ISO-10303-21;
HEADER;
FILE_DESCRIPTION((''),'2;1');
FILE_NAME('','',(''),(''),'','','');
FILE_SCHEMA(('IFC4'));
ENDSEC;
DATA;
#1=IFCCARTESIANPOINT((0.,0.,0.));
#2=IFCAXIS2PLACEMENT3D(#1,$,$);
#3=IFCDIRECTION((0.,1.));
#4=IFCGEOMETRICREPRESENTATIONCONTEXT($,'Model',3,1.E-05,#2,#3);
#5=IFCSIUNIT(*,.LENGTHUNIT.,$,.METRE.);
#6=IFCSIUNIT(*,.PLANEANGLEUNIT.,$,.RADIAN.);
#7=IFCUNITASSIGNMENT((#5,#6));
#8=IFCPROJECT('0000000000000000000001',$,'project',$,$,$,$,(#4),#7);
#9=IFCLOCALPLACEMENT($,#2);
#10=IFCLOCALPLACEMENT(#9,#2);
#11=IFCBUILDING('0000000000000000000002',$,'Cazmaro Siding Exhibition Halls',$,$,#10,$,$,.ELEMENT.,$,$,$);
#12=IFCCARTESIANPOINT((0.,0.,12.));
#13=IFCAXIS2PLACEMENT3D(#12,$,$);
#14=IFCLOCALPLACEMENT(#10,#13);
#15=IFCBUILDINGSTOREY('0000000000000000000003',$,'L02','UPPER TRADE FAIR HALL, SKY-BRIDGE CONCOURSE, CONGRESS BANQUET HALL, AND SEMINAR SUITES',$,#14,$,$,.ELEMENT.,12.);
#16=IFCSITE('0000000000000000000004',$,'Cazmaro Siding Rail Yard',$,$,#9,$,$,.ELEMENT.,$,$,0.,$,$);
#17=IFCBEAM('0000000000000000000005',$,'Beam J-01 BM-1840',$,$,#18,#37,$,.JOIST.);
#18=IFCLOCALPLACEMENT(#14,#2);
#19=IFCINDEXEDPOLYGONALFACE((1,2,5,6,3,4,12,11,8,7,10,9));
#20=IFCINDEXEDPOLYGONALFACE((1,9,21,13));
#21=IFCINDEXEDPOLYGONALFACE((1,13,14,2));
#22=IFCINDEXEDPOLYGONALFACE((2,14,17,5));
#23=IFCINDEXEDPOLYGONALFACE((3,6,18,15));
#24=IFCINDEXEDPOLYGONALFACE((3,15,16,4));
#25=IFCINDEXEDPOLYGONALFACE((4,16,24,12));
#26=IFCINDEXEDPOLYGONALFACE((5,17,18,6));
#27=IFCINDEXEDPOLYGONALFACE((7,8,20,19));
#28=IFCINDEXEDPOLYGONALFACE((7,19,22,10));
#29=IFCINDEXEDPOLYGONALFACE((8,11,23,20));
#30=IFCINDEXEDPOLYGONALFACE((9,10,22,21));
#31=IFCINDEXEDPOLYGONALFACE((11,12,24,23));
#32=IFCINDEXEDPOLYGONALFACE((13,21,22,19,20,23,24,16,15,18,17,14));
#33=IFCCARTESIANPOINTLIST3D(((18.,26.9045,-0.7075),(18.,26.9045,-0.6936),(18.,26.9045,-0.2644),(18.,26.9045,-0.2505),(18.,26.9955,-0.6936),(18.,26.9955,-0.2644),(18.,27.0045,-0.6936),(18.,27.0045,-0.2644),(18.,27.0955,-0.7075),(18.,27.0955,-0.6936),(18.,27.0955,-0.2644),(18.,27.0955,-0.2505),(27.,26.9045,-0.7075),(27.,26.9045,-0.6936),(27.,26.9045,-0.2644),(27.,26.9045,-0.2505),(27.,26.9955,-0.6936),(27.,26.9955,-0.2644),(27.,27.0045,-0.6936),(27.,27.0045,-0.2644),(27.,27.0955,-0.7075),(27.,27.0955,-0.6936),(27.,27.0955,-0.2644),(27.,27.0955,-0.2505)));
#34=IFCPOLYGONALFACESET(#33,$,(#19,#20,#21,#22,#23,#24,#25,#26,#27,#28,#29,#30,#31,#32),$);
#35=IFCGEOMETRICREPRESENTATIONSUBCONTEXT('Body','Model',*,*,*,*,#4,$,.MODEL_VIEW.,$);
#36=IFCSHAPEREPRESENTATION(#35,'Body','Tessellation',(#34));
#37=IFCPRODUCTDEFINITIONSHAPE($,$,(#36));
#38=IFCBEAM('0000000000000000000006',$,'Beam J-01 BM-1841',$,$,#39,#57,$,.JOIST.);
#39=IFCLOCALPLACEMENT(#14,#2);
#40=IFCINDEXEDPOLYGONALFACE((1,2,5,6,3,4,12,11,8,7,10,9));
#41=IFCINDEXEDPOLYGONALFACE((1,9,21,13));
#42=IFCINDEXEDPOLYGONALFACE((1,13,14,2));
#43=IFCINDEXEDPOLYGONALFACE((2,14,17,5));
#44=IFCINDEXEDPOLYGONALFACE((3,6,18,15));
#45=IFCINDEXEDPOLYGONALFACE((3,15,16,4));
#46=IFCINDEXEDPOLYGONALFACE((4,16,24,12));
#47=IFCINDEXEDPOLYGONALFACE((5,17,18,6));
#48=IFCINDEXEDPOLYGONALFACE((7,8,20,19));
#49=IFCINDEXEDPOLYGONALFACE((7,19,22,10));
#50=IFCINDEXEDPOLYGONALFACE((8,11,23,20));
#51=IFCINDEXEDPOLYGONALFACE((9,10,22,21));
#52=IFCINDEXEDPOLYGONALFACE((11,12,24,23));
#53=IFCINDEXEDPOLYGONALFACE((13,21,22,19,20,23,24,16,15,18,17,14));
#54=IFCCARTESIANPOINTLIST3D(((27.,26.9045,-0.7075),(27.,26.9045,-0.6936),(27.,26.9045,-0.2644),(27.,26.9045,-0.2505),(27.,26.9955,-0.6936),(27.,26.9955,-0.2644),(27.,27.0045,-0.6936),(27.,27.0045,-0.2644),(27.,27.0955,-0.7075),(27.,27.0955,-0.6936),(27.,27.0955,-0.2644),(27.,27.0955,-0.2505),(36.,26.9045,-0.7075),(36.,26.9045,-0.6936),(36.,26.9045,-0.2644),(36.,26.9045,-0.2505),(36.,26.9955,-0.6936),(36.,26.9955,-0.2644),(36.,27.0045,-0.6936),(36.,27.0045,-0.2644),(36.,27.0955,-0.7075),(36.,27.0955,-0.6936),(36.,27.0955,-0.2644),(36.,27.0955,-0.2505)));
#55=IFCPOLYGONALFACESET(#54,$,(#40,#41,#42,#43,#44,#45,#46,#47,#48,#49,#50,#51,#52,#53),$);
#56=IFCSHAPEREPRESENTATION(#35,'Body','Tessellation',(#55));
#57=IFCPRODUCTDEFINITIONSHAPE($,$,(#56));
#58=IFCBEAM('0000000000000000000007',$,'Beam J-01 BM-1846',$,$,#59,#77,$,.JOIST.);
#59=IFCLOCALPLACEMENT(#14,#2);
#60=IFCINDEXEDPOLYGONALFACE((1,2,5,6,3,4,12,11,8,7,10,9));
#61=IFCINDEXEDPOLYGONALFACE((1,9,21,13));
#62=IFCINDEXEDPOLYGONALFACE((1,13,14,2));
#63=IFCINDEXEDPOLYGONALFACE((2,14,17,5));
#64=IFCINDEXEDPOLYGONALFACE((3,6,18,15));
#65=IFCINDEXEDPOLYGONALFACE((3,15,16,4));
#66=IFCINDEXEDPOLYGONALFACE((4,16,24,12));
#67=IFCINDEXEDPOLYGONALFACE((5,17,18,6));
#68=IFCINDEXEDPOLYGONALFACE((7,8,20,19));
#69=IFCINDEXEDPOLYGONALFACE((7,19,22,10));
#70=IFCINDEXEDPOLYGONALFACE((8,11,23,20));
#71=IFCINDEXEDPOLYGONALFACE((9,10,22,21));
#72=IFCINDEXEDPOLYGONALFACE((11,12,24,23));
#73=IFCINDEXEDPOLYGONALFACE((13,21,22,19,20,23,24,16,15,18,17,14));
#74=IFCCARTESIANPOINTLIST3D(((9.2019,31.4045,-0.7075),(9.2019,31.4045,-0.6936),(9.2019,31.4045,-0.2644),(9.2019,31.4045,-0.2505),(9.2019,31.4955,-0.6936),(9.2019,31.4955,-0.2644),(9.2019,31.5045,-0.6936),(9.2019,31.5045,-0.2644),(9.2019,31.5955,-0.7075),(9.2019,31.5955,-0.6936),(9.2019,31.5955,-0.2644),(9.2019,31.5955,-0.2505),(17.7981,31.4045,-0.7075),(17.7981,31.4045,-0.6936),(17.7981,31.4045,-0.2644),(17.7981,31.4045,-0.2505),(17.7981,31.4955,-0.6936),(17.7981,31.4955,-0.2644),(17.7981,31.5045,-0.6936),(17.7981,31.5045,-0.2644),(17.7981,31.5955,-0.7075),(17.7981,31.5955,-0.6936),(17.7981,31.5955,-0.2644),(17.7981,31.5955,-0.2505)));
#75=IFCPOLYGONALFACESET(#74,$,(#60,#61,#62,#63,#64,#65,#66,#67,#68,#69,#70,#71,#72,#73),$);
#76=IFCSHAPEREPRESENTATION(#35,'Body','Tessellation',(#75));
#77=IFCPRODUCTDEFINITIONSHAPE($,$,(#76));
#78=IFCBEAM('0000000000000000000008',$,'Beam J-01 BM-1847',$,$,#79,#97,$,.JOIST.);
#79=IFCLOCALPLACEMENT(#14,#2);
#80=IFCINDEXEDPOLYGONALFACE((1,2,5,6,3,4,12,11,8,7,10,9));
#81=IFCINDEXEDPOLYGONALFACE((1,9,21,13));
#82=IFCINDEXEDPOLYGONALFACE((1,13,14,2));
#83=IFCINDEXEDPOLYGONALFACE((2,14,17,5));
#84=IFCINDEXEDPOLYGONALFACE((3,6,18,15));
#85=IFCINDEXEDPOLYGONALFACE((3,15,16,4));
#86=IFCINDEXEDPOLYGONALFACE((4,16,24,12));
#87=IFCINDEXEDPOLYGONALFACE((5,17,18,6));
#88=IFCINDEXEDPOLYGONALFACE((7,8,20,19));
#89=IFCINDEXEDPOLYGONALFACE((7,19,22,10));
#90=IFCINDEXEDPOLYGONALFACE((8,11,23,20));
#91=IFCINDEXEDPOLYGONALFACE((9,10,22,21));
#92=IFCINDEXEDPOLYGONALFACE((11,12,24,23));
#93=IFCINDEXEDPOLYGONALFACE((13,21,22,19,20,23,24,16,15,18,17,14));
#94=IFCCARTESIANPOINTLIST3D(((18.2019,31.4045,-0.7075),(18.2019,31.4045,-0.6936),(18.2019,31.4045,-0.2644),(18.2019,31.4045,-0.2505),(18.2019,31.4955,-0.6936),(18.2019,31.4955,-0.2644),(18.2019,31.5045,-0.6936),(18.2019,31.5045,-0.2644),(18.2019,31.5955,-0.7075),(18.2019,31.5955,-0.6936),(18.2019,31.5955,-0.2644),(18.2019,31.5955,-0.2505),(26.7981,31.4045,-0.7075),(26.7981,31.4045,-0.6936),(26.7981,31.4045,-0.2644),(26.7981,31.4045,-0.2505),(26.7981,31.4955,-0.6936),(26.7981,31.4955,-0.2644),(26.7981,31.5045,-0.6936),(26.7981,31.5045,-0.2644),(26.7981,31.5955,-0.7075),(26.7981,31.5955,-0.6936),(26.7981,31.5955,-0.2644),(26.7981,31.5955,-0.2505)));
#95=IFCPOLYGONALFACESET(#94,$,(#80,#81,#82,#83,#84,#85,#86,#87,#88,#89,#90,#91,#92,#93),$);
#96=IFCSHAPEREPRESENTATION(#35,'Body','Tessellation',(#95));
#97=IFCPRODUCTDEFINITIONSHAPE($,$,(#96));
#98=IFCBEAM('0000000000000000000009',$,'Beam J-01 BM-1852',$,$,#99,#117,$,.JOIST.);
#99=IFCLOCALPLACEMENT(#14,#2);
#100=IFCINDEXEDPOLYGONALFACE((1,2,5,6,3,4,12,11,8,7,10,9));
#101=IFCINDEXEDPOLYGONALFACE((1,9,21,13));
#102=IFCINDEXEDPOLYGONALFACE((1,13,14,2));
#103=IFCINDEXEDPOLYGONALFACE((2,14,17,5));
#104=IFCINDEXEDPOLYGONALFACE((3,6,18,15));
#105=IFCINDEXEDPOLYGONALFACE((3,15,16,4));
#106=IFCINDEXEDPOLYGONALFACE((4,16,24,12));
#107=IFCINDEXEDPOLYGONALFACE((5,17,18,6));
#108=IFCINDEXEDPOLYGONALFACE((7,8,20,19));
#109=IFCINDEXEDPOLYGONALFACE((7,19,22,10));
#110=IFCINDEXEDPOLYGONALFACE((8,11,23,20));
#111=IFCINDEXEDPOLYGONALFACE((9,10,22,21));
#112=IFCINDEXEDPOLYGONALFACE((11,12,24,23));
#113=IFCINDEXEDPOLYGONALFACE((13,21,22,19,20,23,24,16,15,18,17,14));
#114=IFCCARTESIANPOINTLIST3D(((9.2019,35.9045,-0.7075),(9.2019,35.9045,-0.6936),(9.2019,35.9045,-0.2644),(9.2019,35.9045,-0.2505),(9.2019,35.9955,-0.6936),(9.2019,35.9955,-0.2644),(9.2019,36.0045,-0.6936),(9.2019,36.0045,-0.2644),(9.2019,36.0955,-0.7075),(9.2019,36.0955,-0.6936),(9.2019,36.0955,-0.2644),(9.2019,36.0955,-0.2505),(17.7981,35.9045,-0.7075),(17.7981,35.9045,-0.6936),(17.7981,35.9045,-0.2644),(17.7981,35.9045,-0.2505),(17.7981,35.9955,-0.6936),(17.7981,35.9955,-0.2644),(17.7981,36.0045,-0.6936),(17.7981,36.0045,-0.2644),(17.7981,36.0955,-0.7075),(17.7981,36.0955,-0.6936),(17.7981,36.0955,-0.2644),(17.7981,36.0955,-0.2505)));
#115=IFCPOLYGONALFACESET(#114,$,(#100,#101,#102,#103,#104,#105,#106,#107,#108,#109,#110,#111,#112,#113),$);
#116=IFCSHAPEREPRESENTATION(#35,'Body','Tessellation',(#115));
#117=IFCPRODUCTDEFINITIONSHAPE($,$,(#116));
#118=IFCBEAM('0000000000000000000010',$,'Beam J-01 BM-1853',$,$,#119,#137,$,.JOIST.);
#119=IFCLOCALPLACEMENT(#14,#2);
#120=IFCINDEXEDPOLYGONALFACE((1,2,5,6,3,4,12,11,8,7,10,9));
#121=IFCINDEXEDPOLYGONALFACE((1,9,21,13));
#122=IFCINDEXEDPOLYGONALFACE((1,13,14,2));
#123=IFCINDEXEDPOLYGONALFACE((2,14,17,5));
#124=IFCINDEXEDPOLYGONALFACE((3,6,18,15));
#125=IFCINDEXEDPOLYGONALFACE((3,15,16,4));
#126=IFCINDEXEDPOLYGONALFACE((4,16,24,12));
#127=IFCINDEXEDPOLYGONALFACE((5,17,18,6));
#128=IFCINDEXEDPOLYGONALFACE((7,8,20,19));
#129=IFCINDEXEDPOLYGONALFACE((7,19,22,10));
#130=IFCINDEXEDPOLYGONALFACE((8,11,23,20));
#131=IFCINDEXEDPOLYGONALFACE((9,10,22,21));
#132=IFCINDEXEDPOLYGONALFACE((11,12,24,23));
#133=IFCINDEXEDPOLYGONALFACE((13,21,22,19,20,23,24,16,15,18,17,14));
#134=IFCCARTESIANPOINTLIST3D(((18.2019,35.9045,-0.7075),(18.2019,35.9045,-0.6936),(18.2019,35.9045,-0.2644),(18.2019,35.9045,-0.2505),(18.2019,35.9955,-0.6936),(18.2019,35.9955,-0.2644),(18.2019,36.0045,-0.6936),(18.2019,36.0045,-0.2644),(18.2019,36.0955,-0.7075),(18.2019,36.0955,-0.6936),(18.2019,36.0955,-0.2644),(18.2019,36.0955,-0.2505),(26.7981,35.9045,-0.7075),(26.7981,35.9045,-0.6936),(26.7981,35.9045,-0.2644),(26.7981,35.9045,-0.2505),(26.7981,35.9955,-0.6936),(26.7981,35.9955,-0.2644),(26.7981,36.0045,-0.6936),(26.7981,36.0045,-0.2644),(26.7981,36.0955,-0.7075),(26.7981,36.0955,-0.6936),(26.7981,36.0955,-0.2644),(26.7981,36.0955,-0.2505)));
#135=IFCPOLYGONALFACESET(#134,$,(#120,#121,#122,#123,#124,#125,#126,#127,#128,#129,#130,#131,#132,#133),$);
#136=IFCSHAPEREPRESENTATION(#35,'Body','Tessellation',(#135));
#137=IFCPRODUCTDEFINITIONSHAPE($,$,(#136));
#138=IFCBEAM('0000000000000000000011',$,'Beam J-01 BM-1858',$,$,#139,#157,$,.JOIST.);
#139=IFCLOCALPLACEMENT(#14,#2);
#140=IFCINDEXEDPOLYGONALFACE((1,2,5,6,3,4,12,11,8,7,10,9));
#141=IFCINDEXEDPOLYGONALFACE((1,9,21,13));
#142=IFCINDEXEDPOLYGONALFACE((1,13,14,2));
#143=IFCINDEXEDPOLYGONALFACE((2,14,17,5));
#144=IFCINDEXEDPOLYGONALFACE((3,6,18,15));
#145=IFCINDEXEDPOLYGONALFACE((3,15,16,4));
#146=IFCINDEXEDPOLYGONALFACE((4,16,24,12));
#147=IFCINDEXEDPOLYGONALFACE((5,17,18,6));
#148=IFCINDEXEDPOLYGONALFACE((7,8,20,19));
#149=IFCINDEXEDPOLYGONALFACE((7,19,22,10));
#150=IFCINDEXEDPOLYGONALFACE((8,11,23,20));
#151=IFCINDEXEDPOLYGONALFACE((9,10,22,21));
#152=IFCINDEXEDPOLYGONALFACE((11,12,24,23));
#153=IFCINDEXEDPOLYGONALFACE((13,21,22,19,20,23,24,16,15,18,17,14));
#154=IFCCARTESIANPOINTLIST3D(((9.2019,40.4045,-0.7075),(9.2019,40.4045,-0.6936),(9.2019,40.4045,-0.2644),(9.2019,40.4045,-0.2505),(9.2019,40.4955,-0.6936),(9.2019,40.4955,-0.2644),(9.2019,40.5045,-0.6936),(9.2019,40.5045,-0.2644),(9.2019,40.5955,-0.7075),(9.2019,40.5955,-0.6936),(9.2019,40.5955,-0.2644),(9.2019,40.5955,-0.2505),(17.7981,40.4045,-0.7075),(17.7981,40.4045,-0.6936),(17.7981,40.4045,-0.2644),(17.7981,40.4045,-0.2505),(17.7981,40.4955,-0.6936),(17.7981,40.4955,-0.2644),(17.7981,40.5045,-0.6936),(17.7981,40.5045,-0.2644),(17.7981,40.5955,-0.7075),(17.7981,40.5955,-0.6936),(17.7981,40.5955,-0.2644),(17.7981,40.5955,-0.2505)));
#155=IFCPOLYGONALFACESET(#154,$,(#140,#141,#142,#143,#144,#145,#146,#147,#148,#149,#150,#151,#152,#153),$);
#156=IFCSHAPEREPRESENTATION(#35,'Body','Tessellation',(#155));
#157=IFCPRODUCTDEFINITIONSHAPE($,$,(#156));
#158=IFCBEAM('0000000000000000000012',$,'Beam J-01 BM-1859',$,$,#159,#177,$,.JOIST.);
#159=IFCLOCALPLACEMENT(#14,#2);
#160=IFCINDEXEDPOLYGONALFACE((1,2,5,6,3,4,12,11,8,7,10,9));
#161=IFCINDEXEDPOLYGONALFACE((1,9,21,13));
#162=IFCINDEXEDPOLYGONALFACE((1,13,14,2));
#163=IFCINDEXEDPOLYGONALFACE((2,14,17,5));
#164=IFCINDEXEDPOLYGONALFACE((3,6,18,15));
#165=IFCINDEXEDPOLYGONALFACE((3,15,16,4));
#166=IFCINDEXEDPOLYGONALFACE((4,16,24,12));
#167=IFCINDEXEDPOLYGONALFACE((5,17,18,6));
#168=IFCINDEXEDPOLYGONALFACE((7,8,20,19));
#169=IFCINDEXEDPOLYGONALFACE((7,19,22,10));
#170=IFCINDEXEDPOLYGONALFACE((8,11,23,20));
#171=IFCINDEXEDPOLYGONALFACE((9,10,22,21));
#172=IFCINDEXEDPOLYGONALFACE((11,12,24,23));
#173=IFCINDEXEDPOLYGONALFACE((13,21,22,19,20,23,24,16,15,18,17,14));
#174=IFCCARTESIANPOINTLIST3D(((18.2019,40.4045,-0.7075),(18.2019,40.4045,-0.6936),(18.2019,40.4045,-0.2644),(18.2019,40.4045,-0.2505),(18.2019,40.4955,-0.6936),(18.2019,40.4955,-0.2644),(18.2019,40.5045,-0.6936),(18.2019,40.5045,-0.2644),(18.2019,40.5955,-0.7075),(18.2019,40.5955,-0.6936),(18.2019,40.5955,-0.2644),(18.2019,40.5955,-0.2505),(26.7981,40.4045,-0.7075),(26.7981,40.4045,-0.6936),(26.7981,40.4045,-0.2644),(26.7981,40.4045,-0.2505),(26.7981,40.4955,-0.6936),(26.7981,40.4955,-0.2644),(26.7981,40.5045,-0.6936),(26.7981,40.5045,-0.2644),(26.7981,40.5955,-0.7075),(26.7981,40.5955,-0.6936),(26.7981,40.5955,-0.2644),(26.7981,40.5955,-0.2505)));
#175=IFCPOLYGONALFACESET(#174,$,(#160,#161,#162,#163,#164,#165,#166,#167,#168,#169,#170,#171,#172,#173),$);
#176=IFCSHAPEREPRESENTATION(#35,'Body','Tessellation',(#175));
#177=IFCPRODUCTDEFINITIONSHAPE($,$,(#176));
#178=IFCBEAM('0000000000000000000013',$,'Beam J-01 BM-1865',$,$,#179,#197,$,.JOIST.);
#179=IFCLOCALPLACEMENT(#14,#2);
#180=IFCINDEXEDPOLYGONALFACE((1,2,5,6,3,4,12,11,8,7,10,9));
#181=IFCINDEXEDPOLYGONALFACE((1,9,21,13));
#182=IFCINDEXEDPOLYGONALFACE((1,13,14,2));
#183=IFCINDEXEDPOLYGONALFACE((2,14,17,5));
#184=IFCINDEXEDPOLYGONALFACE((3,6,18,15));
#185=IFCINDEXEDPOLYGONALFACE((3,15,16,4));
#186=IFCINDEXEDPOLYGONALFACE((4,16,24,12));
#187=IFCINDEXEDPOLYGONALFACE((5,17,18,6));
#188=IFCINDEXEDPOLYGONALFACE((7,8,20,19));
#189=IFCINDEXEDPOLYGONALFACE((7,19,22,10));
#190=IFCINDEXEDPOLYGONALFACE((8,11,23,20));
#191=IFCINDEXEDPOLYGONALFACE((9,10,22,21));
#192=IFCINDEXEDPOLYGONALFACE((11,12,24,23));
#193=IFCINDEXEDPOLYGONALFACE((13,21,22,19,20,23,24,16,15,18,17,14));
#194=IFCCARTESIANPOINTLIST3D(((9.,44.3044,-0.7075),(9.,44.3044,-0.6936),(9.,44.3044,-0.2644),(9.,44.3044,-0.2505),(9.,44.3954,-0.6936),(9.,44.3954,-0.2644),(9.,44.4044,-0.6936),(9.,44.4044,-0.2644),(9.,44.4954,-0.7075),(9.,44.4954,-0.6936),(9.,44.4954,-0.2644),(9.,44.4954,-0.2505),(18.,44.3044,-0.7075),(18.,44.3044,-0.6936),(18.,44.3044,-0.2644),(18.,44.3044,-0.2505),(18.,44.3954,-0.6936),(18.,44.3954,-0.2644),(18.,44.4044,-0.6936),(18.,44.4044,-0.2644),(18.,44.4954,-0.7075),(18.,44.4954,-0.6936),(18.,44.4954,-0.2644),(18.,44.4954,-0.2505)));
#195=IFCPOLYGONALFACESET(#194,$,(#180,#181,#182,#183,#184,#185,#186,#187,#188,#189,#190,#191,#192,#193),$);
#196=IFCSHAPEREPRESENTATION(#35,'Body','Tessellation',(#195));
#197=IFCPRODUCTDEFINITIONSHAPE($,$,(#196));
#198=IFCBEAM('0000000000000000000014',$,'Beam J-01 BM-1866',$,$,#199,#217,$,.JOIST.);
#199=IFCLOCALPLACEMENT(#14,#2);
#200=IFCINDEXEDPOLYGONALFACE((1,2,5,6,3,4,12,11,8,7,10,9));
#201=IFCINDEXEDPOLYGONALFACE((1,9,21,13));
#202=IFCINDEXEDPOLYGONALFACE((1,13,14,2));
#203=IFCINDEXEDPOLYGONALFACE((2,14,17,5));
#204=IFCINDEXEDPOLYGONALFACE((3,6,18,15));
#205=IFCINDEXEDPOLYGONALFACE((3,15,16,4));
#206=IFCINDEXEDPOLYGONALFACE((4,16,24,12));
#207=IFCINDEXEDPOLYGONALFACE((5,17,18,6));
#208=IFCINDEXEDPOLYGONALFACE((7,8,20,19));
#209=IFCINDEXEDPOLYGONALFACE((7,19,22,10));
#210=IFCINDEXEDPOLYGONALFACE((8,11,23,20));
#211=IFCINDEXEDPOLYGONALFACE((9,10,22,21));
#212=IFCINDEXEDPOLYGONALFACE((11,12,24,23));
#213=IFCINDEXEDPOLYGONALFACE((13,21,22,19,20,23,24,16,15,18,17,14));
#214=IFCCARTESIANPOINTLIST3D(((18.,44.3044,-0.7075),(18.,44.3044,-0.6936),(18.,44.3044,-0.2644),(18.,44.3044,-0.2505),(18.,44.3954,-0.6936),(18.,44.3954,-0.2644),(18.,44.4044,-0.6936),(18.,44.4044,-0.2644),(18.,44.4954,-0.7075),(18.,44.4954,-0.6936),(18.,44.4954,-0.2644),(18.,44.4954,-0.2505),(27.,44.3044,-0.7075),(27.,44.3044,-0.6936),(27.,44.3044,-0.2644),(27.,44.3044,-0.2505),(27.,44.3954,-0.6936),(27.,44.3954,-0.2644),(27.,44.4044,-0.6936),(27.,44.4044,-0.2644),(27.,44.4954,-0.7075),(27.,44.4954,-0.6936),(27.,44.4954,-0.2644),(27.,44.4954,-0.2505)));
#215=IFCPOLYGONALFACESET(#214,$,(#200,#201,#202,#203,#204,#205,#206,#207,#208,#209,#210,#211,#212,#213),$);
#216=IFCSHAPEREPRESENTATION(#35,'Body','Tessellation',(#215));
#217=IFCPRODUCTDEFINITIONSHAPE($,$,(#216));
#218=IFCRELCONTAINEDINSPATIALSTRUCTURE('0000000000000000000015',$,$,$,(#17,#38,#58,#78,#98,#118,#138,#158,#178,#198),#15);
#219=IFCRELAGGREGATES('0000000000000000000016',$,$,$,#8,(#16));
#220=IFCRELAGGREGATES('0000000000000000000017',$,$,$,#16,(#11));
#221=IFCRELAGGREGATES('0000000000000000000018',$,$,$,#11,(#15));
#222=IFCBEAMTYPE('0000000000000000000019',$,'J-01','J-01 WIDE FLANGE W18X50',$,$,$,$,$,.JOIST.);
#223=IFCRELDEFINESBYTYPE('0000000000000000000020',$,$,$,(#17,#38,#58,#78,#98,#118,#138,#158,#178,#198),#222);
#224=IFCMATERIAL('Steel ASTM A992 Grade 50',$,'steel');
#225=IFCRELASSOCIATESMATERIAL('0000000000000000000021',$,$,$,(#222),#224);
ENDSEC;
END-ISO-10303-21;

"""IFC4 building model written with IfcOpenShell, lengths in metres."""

from ifc_helpers import new_model, si_unit, direction, frame, origin, origin_2d, place, context, subcontext, project, spatial, i_section, extrude, material, material_profile, profile_set, type_object, element, save


model = new_model("IFC4")

# Units and contexts
model_context = context("Model", 3, precision=1e-05, world=origin(), true_north=direction((0.0, 1.0)))
body_context = subcontext(model_context, "Body", "Model", "MODEL_VIEW")
ifc_project = project(units=[si_unit("LENGTHUNIT", "METRE"), si_unit("PLANEANGLEUNIT", "RADIAN")], contexts=[model_context])

# Site, building, storey
site_placement = place(None, origin())
site = spatial("IfcSite", under=ifc_project, at=site_placement, Name="Cazmaro Siding Rail Yard", CompositionType="ELEMENT", RefElevation=0.0)
building_placement = place(site_placement, origin())
building = spatial("IfcBuilding", under=site, at=building_placement, Name="Cazmaro Siding Exhibition Halls", CompositionType="ELEMENT")
storey_placement = place(building_placement, frame((0.0, 0.0, 12.0)))
storey = spatial("IfcBuildingStorey", under=building, at=storey_placement, Name="L02", Description="UPPER TRADE FAIR HALL, SKY-BRIDGE CONCOURSE, CONGRESS BANQUET HALL, AND SEMINAR SUITES", CompositionType="ELEMENT", Elevation=12.0)

# Beams
ifc_material_1 = material(Name="Steel ASTM A992 Grade 50", Category="steel")
ifc_material_profile_1 = material_profile(ifc_material_1, i_section(OverallWidth=0.1909, OverallDepth=0.457, WebThickness=0.009, FlangeThickness=0.0139, at=origin_2d()), Name="W18X50")
ifc_profile_set_1 = profile_set([ifc_material_profile_1], Name="Steel ASTM A992 Grade 50")
beam_type = type_object("IfcBeamType", Name="J-01", Description="J-01 WIDE FLANGE W18X50", PredefinedType="JOIST", material=ifc_profile_set_1)
for number, where, z_axis, x_axis, name in (
    (1, (18.0, 27.0, -0.479), (1.0, 0.0, 0.0), (0.0, 1.0, 0.0), "Beam J-01 BM-1840"),
    (2, (27.0, 27.0, -0.479), (1.0, 0.0, 0.0), (0.0, 1.0, 0.0), "Beam J-01 BM-1841"),
):
    element("IfcBeam", number, at=place(storey_placement, frame(where, z_axis=z_axis, x_axis=x_axis)), inside=storey, type_object=beam_type, Name=name, PredefinedType="JOIST", context=body_context, shape_type="SweptSolid", body=[
        extrude(i_section(OverallWidth=0.1909, OverallDepth=0.457, WebThickness=0.009, FlangeThickness=0.0139, at=origin_2d()), origin(), (0.0, 0.0, 1.0), 9.0),
    ])
for number, where, z_axis, x_axis, name in (
    (3, (9.2019, 31.5, -0.479), (1.0, 0.0, 0.0), (0.0, 1.0, 0.0), "Beam J-01 BM-1846"),
    (4, (18.2019, 31.5, -0.479), (1.0, 0.0, 0.0), (0.0, 1.0, 0.0), "Beam J-01 BM-1847"),
    (5, (9.2019, 36.0, -0.479), (1.0, 0.0, 0.0), (0.0, 1.0, 0.0), "Beam J-01 BM-1852"),
    (6, (18.2019, 36.0, -0.479), (1.0, 0.0, 0.0), (0.0, 1.0, 0.0), "Beam J-01 BM-1853"),
    (7, (9.2019, 40.5, -0.479), (1.0, 0.0, 0.0), (0.0, 1.0, 0.0), "Beam J-01 BM-1858"),
    (8, (18.2019, 40.5, -0.479), (1.0, 0.0, 0.0), (0.0, 1.0, 0.0), "Beam J-01 BM-1859"),
):
    element("IfcBeam", number, at=place(storey_placement, frame(where, z_axis=z_axis, x_axis=x_axis)), inside=storey, type_object=beam_type, Name=name, PredefinedType="JOIST", context=body_context, shape_type="SweptSolid", body=[
        extrude(i_section(OverallWidth=0.1909, OverallDepth=0.457, WebThickness=0.009, FlangeThickness=0.0139, at=origin_2d()), origin(), (0.0, 0.0, 1.0), 8.5962),
    ])
for number, where, z_axis, x_axis, name in (
    (9, (9.0, 44.3999, -0.479), (1.0, 0.0, 0.0), (0.0, 1.0, 0.0), "Beam J-01 BM-1865"),
    (10, (18.0, 44.3999, -0.479), (1.0, 0.0, 0.0), (0.0, 1.0, 0.0), "Beam J-01 BM-1866"),
):
    element("IfcBeam", number, at=place(storey_placement, frame(where, z_axis=z_axis, x_axis=x_axis)), inside=storey, type_object=beam_type, Name=name, PredefinedType="JOIST", context=body_context, shape_type="SweptSolid", body=[
        extrude(i_section(OverallWidth=0.1909, OverallDepth=0.457, WebThickness=0.009, FlangeThickness=0.0139, at=origin_2d()), origin(), (0.0, 0.0, 1.0), 9.0),
    ])

save(model, "model.ifc")
